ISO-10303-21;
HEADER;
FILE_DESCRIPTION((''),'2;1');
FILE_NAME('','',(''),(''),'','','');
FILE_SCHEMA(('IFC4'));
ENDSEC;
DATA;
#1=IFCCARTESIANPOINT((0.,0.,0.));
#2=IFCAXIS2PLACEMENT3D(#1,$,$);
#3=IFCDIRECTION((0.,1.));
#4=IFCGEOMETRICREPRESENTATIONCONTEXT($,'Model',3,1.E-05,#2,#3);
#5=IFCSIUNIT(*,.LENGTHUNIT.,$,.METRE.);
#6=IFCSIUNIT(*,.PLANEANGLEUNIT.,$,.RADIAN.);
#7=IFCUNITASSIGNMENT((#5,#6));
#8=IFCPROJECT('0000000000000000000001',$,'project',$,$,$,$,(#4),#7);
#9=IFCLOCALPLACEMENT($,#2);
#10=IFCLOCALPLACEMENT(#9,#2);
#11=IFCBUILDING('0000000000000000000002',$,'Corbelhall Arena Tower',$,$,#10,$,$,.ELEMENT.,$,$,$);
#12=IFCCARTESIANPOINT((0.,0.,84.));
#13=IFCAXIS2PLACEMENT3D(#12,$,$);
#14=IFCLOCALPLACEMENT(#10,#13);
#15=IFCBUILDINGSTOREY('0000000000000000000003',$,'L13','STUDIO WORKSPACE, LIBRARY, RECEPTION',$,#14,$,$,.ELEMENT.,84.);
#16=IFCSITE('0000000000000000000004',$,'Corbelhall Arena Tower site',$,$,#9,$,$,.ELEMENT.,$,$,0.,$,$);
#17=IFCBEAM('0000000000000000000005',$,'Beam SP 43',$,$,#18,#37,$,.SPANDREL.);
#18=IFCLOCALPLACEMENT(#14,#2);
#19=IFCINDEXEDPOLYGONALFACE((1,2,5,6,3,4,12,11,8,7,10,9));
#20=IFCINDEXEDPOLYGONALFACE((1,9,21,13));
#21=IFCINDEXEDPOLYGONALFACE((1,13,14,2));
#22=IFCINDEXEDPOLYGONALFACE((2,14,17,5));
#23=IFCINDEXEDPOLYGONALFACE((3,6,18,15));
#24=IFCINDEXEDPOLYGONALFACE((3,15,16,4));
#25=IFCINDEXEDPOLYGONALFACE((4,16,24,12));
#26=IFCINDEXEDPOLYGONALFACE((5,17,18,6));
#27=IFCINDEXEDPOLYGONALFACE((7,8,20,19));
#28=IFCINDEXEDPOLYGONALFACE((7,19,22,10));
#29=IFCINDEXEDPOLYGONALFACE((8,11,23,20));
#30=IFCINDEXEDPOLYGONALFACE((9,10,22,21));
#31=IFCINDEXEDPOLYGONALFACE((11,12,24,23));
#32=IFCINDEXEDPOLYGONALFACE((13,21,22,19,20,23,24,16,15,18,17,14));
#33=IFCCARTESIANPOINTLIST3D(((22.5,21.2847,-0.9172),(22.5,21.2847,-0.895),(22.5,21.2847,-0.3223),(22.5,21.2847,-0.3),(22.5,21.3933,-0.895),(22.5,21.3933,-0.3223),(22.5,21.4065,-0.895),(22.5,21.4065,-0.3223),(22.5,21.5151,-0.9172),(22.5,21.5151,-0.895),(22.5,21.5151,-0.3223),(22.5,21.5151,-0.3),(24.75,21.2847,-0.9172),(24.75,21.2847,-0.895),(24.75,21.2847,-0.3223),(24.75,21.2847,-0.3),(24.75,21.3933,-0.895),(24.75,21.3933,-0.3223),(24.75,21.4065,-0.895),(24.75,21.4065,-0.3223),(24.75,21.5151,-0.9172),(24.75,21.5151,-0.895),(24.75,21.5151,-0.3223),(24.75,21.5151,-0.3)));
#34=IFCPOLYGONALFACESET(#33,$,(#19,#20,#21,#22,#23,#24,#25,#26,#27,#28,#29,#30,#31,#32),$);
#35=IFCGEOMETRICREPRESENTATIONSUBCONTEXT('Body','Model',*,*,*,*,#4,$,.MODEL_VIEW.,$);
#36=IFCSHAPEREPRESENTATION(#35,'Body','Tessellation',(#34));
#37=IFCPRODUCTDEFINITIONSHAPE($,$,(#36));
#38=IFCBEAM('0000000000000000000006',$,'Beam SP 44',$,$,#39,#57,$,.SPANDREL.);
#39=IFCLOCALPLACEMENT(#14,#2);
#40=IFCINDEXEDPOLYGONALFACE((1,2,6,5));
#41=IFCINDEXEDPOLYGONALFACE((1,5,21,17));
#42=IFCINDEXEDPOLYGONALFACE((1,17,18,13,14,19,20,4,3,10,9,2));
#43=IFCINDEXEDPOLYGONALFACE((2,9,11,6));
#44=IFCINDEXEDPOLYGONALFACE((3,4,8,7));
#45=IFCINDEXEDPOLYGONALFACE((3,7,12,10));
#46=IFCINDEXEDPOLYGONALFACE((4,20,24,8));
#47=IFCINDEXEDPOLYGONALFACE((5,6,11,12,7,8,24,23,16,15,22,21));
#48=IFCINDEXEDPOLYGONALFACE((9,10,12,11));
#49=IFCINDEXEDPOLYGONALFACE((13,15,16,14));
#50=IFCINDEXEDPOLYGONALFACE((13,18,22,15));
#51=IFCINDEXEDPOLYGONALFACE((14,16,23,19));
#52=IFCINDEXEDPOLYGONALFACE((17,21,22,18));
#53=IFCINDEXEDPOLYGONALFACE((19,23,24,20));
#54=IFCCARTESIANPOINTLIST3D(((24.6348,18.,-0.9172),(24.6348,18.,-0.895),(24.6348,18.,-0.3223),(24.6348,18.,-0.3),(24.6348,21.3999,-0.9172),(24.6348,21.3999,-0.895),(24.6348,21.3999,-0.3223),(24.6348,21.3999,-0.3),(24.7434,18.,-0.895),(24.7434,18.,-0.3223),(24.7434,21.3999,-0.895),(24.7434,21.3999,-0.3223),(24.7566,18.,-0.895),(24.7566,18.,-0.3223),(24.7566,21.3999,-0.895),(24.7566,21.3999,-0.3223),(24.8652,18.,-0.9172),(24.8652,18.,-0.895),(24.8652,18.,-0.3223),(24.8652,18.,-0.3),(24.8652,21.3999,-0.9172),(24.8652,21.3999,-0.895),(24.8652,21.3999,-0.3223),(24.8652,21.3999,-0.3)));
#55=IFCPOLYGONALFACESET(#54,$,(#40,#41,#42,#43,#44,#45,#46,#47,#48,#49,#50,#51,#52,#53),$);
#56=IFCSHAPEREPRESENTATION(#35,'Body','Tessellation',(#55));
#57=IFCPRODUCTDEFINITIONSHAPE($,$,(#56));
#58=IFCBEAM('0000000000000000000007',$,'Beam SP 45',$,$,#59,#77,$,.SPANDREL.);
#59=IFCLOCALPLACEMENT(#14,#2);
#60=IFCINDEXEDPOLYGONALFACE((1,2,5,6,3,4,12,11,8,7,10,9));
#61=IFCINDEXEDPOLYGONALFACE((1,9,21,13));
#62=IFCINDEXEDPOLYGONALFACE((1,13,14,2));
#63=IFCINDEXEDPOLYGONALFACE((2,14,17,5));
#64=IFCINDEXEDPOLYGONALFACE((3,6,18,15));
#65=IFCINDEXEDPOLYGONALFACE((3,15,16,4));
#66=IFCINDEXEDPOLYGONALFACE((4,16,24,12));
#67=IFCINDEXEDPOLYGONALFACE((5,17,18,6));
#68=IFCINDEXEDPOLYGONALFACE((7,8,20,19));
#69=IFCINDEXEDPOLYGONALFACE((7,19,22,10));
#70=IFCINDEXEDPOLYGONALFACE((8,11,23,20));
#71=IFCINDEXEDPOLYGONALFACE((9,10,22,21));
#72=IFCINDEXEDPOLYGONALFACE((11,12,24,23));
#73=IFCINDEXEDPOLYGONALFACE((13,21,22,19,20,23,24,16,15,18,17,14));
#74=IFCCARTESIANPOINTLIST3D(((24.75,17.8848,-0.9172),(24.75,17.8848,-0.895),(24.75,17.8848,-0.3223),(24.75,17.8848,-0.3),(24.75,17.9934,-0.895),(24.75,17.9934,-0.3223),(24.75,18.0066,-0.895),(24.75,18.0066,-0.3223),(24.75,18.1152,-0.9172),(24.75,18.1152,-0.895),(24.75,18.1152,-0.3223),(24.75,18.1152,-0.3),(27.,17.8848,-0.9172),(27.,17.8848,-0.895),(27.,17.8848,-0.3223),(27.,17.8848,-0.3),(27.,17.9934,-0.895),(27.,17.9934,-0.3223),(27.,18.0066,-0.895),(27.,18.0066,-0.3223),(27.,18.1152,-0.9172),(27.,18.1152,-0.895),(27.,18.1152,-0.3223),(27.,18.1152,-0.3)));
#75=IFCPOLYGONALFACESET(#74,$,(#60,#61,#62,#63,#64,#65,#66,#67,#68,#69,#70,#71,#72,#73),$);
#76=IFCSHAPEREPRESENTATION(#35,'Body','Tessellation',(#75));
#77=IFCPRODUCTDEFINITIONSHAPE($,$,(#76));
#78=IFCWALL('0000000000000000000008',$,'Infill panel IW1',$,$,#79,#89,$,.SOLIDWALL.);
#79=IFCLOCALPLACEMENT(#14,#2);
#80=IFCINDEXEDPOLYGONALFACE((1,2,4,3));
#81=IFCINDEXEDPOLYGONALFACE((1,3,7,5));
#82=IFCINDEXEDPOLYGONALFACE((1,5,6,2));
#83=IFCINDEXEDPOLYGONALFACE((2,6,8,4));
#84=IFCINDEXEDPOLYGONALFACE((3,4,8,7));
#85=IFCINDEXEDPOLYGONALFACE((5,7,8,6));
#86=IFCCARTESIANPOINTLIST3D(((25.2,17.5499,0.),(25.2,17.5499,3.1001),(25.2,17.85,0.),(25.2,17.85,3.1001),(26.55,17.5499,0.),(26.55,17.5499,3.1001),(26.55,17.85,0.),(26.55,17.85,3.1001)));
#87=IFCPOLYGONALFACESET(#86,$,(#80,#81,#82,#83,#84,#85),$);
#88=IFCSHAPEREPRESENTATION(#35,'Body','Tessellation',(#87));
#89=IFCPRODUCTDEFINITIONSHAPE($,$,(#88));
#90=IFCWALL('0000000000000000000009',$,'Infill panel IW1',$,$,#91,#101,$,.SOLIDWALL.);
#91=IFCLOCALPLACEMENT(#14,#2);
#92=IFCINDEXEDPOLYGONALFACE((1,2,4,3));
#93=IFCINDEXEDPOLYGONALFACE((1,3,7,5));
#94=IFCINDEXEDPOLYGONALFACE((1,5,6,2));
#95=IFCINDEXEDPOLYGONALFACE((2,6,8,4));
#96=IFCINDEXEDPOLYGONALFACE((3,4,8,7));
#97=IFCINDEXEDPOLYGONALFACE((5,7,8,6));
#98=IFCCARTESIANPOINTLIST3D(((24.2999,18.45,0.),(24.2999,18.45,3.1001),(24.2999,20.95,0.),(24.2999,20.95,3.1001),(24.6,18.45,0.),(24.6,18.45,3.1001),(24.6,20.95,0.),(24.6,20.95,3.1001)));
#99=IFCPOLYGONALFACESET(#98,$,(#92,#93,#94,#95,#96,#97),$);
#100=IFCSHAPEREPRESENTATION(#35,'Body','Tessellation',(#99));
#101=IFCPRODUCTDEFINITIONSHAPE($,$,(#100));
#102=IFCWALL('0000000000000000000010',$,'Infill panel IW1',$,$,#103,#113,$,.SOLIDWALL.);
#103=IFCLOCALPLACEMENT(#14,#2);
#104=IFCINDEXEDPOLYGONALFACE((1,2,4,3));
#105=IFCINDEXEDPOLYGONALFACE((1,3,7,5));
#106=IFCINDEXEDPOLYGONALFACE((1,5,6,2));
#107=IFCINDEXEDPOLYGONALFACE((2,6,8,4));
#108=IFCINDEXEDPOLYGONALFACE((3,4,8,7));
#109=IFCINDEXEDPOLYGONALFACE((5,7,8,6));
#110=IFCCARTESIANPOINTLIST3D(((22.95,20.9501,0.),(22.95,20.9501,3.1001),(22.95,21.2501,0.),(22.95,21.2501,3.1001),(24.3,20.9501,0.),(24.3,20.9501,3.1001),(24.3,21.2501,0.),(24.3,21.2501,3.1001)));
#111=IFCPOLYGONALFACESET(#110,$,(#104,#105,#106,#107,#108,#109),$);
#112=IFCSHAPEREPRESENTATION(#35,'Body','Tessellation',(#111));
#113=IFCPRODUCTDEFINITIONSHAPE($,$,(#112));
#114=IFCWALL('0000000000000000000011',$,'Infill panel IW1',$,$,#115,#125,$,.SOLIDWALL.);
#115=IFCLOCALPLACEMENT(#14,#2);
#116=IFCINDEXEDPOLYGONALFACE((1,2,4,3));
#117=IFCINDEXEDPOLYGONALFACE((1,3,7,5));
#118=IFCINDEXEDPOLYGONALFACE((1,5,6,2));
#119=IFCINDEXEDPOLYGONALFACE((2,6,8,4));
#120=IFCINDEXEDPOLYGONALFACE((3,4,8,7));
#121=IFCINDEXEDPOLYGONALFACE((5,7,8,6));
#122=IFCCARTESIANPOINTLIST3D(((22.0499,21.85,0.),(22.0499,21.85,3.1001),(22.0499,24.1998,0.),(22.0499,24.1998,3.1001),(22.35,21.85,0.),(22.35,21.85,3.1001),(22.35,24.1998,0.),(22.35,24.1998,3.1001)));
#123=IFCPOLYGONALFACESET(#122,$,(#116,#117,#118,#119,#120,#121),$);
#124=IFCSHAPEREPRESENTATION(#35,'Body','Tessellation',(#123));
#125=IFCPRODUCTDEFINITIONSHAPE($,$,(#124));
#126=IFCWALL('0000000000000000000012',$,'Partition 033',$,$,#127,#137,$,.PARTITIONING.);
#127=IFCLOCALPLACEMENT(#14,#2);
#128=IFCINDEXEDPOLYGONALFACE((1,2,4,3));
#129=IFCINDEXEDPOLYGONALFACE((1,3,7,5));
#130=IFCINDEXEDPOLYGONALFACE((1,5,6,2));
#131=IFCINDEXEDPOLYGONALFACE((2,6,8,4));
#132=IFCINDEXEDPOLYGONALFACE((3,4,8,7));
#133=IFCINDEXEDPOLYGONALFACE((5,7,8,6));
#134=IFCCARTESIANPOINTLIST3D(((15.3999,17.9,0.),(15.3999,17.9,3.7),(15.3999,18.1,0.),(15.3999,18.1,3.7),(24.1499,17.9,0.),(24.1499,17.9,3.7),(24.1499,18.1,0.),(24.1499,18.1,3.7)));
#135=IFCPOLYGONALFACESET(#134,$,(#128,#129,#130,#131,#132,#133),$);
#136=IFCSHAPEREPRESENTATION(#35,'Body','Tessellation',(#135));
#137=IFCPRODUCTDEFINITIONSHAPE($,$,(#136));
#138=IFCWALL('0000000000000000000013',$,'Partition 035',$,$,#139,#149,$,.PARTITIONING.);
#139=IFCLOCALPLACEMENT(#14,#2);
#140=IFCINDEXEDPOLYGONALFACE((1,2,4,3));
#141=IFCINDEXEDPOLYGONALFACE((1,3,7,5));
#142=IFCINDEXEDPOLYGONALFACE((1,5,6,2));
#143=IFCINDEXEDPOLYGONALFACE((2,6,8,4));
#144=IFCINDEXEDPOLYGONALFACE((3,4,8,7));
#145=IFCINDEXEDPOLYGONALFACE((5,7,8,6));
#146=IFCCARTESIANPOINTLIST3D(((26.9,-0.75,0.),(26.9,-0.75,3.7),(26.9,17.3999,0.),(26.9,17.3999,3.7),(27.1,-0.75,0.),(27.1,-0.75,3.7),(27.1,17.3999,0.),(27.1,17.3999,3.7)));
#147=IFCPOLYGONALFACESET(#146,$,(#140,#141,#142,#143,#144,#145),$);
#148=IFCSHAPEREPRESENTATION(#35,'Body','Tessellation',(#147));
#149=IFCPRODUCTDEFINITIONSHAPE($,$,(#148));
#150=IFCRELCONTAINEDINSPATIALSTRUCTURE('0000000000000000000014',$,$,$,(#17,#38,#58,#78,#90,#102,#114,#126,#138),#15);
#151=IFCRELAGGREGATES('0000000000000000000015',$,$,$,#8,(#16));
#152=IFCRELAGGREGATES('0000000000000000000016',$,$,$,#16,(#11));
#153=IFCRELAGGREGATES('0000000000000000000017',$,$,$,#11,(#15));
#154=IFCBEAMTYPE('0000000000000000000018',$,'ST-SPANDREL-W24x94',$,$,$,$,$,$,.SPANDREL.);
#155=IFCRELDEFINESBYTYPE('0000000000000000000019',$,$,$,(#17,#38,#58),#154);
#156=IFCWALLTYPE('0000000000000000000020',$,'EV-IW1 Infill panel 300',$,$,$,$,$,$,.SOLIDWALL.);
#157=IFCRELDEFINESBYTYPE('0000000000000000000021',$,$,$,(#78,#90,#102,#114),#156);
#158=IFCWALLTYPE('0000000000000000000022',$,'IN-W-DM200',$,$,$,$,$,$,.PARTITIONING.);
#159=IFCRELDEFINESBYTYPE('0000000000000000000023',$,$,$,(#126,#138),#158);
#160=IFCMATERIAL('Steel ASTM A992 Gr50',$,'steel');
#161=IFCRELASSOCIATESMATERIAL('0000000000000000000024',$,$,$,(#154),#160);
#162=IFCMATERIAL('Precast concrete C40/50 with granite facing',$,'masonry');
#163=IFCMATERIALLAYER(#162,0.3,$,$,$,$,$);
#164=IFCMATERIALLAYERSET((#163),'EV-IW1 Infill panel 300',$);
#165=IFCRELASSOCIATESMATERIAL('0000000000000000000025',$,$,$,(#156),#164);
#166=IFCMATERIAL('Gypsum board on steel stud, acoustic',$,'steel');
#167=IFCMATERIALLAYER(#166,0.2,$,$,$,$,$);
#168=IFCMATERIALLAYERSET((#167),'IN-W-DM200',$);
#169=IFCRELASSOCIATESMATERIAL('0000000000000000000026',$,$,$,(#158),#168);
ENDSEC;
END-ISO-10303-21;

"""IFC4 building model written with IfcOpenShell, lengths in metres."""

from ifc_helpers import new_model, si_unit, direction, frame, frame_2d, origin, origin_2d, place, context, subcontext, project, spatial, rectangle, i_section, extrude, material, layer, layer_set, material_profile, profile_set, type_object, element, save


model = new_model("IFC4")

# Units and contexts
model_context = context("Model", 3, precision=1e-05, world=origin(), true_north=direction((0.0, 1.0)))
body_context = subcontext(model_context, "Body", "Model", "MODEL_VIEW")
ifc_project = project(units=[si_unit("LENGTHUNIT", "METRE"), si_unit("PLANEANGLEUNIT", "RADIAN")], contexts=[model_context])

# Site, building, storey
site_placement = place(None, origin())
site = spatial("IfcSite", under=ifc_project, at=site_placement, Name="Corbelhall Arena Tower site", CompositionType="ELEMENT", RefElevation=0.0)
building_placement = place(site_placement, origin())
building = spatial("IfcBuilding", under=site, at=building_placement, Name="Corbelhall Arena Tower", CompositionType="ELEMENT")
storey_placement = place(building_placement, frame((0.0, 0.0, 84.0)))
storey = spatial("IfcBuildingStorey", under=building, at=storey_placement, Name="L13", Description="STUDIO WORKSPACE, LIBRARY, RECEPTION", CompositionType="ELEMENT", Elevation=84.0)

# Beams
ifc_material_1 = material(Name="Steel ASTM A992 Gr50", Category="steel")
ifc_material_profile_1 = material_profile(ifc_material_1, i_section(OverallWidth=0.2305, OverallDepth=0.6172, WebThickness=0.0132, FlangeThickness=0.0222, at=origin_2d()))
ifc_profile_set_1 = profile_set([ifc_material_profile_1], Name="Steel ASTM A992 Gr50")
beam_type = type_object("IfcBeamType", Name="ST-SPANDREL-W24x94", PredefinedType="SPANDREL", material=ifc_profile_set_1)
beam_1_placement = place(storey_placement, frame((22.5, 21.3999, -0.6086), z_axis=(1.0, 0.0, 0.0), x_axis=(0.0, 1.0, 0.0)))
element("IfcBeam", 1, at=beam_1_placement, inside=storey, type_object=beam_type, Name="Beam SP 43", PredefinedType="SPANDREL", context=body_context, shape_type="SweptSolid", body=[
    extrude(i_section(OverallWidth=0.2305, OverallDepth=0.6172, WebThickness=0.0132, FlangeThickness=0.0222, at=origin_2d()), origin(), (0.0, 0.0, 1.0), 2.25),
])
beam_2_placement = place(storey_placement, frame((24.75, 21.3999, -0.6086), z_axis=(0.0, -1.0, 0.0), x_axis=(1.0, 0.0, 0.0)))
element("IfcBeam", 2, at=beam_2_placement, inside=storey, type_object=beam_type, Name="Beam SP 44", PredefinedType="SPANDREL", context=body_context, shape_type="SweptSolid", body=[
    extrude(i_section(OverallWidth=0.2305, OverallDepth=0.6172, WebThickness=0.0132, FlangeThickness=0.0222, at=origin_2d()), origin(), (0.0, 0.0, 1.0), 3.3999),
])
beam_3_placement = place(storey_placement, frame((24.75, 18.0, -0.6086), z_axis=(1.0, 0.0, 0.0), x_axis=(0.0, 1.0, 0.0)))
element("IfcBeam", 3, at=beam_3_placement, inside=storey, type_object=beam_type, Name="Beam SP 45", PredefinedType="SPANDREL", context=body_context, shape_type="SweptSolid", body=[
    extrude(i_section(OverallWidth=0.2305, OverallDepth=0.6172, WebThickness=0.0132, FlangeThickness=0.0222, at=origin_2d()), origin(), (0.0, 0.0, 1.0), 2.25),
])

# Walls
ifc_material_2 = material(Name="Precast concrete C40/50 with granite facing", Category="masonry")
ifc_layer_1 = layer(ifc_material_2, 0.3)
ifc_layer_set_1 = layer_set([ifc_layer_1], Name="EV-IW1 Infill panel 300")
wall_type_1 = type_object("IfcWallType", Name="EV-IW1 Infill panel 300", PredefinedType="SOLIDWALL", material=ifc_layer_set_1)
wall_1_placement = place(storey_placement, frame((26.55, 17.7, 0.0), z_axis=(0.0, 0.0, 1.0), x_axis=(-1.0, 0.0, 0.0)))
element("IfcWall", 4, at=wall_1_placement, inside=storey, type_object=wall_type_1, Name="Infill panel IW1", PredefinedType="SOLIDWALL", context=body_context, shape_type="SweptSolid", body=[
    extrude(rectangle(XDim=1.3501, YDim=0.3, at=frame_2d((0.675, 0.0))), origin(), (0.0, 0.0, 1.0), 3.1001),
])
wall_2_placement = place(storey_placement, frame((24.45, 18.45, 0.0), z_axis=(0.0, 0.0, 1.0), x_axis=(0.0, 1.0, 0.0)))
element("IfcWall", 5, at=wall_2_placement, inside=storey, type_object=wall_type_1, Name="Infill panel IW1", PredefinedType="SOLIDWALL", context=body_context, shape_type="SweptSolid", body=[
    extrude(rectangle(XDim=2.5, YDim=0.3, at=frame_2d((1.25, 0.0))), origin(), (0.0, 0.0, 1.0), 3.1001),
])
wall_3_placement = place(storey_placement, frame((24.3, 21.1001, 0.0), z_axis=(0.0, 0.0, 1.0), x_axis=(-1.0, 0.0, 0.0)))
element("IfcWall", 6, at=wall_3_placement, inside=storey, type_object=wall_type_1, Name="Infill panel IW1", PredefinedType="SOLIDWALL", context=body_context, shape_type="SweptSolid", body=[
    extrude(rectangle(XDim=1.3501, YDim=0.3, at=frame_2d((0.675, 0.0))), origin(), (0.0, 0.0, 1.0), 3.1001),
])
wall_4_placement = place(storey_placement, frame((22.2, 21.8501, 0.0), z_axis=(0.0, 0.0, 1.0), x_axis=(0.0, 1.0, 0.0)))
element("IfcWall", 7, at=wall_4_placement, inside=storey, type_object=wall_type_1, Name="Infill panel IW1", PredefinedType="SOLIDWALL", context=body_context, shape_type="SweptSolid", body=[
    extrude(rectangle(XDim=2.3499, YDim=0.3, at=frame_2d((1.1748, 0.0))), origin(), (0.0, 0.0, 1.0), 3.1001),
])

# Shared definitions
ifc_material_3 = material(Name="Gypsum board on steel stud, acoustic", Category="steel")
ifc_layer_2 = layer(ifc_material_3, 0.2)
ifc_layer_set_2 = layer_set([ifc_layer_2], Name="IN-W-DM200")
wall_type_2 = type_object("IfcWallType", Name="IN-W-DM200", PredefinedType="PARTITIONING", material=ifc_layer_set_2)

# Walls
wall_5_placement = place(storey_placement, frame((15.3999, 18.0, 0.0), z_axis=(0.0, 0.0, 1.0), x_axis=(1.0, 0.0, 0.0)))
element("IfcWall", 8, at=wall_5_placement, inside=storey, type_object=wall_type_2, Name="Partition 033", PredefinedType="PARTITIONING", context=body_context, shape_type="SweptSolid", body=[
    extrude(rectangle(XDim=8.75, YDim=0.2, at=frame_2d((4.375, 0.0))), origin(), (0.0, 0.0, 1.0), 3.7),
])
wall_6_placement = place(storey_placement, frame((27.0, 17.3999, 0.0), z_axis=(0.0, 0.0, 1.0), x_axis=(0.0, -1.0, 0.0)))
element("IfcWall", 9, at=wall_6_placement, inside=storey, type_object=wall_type_2, Name="Partition 035", PredefinedType="PARTITIONING", context=body_context, shape_type="SweptSolid", body=[
    extrude(rectangle(XDim=18.1499, YDim=0.2, at=frame_2d((9.075, 0.0))), origin(), (0.0, 0.0, 1.0), 3.7),
])

save(model, "model.ifc")
